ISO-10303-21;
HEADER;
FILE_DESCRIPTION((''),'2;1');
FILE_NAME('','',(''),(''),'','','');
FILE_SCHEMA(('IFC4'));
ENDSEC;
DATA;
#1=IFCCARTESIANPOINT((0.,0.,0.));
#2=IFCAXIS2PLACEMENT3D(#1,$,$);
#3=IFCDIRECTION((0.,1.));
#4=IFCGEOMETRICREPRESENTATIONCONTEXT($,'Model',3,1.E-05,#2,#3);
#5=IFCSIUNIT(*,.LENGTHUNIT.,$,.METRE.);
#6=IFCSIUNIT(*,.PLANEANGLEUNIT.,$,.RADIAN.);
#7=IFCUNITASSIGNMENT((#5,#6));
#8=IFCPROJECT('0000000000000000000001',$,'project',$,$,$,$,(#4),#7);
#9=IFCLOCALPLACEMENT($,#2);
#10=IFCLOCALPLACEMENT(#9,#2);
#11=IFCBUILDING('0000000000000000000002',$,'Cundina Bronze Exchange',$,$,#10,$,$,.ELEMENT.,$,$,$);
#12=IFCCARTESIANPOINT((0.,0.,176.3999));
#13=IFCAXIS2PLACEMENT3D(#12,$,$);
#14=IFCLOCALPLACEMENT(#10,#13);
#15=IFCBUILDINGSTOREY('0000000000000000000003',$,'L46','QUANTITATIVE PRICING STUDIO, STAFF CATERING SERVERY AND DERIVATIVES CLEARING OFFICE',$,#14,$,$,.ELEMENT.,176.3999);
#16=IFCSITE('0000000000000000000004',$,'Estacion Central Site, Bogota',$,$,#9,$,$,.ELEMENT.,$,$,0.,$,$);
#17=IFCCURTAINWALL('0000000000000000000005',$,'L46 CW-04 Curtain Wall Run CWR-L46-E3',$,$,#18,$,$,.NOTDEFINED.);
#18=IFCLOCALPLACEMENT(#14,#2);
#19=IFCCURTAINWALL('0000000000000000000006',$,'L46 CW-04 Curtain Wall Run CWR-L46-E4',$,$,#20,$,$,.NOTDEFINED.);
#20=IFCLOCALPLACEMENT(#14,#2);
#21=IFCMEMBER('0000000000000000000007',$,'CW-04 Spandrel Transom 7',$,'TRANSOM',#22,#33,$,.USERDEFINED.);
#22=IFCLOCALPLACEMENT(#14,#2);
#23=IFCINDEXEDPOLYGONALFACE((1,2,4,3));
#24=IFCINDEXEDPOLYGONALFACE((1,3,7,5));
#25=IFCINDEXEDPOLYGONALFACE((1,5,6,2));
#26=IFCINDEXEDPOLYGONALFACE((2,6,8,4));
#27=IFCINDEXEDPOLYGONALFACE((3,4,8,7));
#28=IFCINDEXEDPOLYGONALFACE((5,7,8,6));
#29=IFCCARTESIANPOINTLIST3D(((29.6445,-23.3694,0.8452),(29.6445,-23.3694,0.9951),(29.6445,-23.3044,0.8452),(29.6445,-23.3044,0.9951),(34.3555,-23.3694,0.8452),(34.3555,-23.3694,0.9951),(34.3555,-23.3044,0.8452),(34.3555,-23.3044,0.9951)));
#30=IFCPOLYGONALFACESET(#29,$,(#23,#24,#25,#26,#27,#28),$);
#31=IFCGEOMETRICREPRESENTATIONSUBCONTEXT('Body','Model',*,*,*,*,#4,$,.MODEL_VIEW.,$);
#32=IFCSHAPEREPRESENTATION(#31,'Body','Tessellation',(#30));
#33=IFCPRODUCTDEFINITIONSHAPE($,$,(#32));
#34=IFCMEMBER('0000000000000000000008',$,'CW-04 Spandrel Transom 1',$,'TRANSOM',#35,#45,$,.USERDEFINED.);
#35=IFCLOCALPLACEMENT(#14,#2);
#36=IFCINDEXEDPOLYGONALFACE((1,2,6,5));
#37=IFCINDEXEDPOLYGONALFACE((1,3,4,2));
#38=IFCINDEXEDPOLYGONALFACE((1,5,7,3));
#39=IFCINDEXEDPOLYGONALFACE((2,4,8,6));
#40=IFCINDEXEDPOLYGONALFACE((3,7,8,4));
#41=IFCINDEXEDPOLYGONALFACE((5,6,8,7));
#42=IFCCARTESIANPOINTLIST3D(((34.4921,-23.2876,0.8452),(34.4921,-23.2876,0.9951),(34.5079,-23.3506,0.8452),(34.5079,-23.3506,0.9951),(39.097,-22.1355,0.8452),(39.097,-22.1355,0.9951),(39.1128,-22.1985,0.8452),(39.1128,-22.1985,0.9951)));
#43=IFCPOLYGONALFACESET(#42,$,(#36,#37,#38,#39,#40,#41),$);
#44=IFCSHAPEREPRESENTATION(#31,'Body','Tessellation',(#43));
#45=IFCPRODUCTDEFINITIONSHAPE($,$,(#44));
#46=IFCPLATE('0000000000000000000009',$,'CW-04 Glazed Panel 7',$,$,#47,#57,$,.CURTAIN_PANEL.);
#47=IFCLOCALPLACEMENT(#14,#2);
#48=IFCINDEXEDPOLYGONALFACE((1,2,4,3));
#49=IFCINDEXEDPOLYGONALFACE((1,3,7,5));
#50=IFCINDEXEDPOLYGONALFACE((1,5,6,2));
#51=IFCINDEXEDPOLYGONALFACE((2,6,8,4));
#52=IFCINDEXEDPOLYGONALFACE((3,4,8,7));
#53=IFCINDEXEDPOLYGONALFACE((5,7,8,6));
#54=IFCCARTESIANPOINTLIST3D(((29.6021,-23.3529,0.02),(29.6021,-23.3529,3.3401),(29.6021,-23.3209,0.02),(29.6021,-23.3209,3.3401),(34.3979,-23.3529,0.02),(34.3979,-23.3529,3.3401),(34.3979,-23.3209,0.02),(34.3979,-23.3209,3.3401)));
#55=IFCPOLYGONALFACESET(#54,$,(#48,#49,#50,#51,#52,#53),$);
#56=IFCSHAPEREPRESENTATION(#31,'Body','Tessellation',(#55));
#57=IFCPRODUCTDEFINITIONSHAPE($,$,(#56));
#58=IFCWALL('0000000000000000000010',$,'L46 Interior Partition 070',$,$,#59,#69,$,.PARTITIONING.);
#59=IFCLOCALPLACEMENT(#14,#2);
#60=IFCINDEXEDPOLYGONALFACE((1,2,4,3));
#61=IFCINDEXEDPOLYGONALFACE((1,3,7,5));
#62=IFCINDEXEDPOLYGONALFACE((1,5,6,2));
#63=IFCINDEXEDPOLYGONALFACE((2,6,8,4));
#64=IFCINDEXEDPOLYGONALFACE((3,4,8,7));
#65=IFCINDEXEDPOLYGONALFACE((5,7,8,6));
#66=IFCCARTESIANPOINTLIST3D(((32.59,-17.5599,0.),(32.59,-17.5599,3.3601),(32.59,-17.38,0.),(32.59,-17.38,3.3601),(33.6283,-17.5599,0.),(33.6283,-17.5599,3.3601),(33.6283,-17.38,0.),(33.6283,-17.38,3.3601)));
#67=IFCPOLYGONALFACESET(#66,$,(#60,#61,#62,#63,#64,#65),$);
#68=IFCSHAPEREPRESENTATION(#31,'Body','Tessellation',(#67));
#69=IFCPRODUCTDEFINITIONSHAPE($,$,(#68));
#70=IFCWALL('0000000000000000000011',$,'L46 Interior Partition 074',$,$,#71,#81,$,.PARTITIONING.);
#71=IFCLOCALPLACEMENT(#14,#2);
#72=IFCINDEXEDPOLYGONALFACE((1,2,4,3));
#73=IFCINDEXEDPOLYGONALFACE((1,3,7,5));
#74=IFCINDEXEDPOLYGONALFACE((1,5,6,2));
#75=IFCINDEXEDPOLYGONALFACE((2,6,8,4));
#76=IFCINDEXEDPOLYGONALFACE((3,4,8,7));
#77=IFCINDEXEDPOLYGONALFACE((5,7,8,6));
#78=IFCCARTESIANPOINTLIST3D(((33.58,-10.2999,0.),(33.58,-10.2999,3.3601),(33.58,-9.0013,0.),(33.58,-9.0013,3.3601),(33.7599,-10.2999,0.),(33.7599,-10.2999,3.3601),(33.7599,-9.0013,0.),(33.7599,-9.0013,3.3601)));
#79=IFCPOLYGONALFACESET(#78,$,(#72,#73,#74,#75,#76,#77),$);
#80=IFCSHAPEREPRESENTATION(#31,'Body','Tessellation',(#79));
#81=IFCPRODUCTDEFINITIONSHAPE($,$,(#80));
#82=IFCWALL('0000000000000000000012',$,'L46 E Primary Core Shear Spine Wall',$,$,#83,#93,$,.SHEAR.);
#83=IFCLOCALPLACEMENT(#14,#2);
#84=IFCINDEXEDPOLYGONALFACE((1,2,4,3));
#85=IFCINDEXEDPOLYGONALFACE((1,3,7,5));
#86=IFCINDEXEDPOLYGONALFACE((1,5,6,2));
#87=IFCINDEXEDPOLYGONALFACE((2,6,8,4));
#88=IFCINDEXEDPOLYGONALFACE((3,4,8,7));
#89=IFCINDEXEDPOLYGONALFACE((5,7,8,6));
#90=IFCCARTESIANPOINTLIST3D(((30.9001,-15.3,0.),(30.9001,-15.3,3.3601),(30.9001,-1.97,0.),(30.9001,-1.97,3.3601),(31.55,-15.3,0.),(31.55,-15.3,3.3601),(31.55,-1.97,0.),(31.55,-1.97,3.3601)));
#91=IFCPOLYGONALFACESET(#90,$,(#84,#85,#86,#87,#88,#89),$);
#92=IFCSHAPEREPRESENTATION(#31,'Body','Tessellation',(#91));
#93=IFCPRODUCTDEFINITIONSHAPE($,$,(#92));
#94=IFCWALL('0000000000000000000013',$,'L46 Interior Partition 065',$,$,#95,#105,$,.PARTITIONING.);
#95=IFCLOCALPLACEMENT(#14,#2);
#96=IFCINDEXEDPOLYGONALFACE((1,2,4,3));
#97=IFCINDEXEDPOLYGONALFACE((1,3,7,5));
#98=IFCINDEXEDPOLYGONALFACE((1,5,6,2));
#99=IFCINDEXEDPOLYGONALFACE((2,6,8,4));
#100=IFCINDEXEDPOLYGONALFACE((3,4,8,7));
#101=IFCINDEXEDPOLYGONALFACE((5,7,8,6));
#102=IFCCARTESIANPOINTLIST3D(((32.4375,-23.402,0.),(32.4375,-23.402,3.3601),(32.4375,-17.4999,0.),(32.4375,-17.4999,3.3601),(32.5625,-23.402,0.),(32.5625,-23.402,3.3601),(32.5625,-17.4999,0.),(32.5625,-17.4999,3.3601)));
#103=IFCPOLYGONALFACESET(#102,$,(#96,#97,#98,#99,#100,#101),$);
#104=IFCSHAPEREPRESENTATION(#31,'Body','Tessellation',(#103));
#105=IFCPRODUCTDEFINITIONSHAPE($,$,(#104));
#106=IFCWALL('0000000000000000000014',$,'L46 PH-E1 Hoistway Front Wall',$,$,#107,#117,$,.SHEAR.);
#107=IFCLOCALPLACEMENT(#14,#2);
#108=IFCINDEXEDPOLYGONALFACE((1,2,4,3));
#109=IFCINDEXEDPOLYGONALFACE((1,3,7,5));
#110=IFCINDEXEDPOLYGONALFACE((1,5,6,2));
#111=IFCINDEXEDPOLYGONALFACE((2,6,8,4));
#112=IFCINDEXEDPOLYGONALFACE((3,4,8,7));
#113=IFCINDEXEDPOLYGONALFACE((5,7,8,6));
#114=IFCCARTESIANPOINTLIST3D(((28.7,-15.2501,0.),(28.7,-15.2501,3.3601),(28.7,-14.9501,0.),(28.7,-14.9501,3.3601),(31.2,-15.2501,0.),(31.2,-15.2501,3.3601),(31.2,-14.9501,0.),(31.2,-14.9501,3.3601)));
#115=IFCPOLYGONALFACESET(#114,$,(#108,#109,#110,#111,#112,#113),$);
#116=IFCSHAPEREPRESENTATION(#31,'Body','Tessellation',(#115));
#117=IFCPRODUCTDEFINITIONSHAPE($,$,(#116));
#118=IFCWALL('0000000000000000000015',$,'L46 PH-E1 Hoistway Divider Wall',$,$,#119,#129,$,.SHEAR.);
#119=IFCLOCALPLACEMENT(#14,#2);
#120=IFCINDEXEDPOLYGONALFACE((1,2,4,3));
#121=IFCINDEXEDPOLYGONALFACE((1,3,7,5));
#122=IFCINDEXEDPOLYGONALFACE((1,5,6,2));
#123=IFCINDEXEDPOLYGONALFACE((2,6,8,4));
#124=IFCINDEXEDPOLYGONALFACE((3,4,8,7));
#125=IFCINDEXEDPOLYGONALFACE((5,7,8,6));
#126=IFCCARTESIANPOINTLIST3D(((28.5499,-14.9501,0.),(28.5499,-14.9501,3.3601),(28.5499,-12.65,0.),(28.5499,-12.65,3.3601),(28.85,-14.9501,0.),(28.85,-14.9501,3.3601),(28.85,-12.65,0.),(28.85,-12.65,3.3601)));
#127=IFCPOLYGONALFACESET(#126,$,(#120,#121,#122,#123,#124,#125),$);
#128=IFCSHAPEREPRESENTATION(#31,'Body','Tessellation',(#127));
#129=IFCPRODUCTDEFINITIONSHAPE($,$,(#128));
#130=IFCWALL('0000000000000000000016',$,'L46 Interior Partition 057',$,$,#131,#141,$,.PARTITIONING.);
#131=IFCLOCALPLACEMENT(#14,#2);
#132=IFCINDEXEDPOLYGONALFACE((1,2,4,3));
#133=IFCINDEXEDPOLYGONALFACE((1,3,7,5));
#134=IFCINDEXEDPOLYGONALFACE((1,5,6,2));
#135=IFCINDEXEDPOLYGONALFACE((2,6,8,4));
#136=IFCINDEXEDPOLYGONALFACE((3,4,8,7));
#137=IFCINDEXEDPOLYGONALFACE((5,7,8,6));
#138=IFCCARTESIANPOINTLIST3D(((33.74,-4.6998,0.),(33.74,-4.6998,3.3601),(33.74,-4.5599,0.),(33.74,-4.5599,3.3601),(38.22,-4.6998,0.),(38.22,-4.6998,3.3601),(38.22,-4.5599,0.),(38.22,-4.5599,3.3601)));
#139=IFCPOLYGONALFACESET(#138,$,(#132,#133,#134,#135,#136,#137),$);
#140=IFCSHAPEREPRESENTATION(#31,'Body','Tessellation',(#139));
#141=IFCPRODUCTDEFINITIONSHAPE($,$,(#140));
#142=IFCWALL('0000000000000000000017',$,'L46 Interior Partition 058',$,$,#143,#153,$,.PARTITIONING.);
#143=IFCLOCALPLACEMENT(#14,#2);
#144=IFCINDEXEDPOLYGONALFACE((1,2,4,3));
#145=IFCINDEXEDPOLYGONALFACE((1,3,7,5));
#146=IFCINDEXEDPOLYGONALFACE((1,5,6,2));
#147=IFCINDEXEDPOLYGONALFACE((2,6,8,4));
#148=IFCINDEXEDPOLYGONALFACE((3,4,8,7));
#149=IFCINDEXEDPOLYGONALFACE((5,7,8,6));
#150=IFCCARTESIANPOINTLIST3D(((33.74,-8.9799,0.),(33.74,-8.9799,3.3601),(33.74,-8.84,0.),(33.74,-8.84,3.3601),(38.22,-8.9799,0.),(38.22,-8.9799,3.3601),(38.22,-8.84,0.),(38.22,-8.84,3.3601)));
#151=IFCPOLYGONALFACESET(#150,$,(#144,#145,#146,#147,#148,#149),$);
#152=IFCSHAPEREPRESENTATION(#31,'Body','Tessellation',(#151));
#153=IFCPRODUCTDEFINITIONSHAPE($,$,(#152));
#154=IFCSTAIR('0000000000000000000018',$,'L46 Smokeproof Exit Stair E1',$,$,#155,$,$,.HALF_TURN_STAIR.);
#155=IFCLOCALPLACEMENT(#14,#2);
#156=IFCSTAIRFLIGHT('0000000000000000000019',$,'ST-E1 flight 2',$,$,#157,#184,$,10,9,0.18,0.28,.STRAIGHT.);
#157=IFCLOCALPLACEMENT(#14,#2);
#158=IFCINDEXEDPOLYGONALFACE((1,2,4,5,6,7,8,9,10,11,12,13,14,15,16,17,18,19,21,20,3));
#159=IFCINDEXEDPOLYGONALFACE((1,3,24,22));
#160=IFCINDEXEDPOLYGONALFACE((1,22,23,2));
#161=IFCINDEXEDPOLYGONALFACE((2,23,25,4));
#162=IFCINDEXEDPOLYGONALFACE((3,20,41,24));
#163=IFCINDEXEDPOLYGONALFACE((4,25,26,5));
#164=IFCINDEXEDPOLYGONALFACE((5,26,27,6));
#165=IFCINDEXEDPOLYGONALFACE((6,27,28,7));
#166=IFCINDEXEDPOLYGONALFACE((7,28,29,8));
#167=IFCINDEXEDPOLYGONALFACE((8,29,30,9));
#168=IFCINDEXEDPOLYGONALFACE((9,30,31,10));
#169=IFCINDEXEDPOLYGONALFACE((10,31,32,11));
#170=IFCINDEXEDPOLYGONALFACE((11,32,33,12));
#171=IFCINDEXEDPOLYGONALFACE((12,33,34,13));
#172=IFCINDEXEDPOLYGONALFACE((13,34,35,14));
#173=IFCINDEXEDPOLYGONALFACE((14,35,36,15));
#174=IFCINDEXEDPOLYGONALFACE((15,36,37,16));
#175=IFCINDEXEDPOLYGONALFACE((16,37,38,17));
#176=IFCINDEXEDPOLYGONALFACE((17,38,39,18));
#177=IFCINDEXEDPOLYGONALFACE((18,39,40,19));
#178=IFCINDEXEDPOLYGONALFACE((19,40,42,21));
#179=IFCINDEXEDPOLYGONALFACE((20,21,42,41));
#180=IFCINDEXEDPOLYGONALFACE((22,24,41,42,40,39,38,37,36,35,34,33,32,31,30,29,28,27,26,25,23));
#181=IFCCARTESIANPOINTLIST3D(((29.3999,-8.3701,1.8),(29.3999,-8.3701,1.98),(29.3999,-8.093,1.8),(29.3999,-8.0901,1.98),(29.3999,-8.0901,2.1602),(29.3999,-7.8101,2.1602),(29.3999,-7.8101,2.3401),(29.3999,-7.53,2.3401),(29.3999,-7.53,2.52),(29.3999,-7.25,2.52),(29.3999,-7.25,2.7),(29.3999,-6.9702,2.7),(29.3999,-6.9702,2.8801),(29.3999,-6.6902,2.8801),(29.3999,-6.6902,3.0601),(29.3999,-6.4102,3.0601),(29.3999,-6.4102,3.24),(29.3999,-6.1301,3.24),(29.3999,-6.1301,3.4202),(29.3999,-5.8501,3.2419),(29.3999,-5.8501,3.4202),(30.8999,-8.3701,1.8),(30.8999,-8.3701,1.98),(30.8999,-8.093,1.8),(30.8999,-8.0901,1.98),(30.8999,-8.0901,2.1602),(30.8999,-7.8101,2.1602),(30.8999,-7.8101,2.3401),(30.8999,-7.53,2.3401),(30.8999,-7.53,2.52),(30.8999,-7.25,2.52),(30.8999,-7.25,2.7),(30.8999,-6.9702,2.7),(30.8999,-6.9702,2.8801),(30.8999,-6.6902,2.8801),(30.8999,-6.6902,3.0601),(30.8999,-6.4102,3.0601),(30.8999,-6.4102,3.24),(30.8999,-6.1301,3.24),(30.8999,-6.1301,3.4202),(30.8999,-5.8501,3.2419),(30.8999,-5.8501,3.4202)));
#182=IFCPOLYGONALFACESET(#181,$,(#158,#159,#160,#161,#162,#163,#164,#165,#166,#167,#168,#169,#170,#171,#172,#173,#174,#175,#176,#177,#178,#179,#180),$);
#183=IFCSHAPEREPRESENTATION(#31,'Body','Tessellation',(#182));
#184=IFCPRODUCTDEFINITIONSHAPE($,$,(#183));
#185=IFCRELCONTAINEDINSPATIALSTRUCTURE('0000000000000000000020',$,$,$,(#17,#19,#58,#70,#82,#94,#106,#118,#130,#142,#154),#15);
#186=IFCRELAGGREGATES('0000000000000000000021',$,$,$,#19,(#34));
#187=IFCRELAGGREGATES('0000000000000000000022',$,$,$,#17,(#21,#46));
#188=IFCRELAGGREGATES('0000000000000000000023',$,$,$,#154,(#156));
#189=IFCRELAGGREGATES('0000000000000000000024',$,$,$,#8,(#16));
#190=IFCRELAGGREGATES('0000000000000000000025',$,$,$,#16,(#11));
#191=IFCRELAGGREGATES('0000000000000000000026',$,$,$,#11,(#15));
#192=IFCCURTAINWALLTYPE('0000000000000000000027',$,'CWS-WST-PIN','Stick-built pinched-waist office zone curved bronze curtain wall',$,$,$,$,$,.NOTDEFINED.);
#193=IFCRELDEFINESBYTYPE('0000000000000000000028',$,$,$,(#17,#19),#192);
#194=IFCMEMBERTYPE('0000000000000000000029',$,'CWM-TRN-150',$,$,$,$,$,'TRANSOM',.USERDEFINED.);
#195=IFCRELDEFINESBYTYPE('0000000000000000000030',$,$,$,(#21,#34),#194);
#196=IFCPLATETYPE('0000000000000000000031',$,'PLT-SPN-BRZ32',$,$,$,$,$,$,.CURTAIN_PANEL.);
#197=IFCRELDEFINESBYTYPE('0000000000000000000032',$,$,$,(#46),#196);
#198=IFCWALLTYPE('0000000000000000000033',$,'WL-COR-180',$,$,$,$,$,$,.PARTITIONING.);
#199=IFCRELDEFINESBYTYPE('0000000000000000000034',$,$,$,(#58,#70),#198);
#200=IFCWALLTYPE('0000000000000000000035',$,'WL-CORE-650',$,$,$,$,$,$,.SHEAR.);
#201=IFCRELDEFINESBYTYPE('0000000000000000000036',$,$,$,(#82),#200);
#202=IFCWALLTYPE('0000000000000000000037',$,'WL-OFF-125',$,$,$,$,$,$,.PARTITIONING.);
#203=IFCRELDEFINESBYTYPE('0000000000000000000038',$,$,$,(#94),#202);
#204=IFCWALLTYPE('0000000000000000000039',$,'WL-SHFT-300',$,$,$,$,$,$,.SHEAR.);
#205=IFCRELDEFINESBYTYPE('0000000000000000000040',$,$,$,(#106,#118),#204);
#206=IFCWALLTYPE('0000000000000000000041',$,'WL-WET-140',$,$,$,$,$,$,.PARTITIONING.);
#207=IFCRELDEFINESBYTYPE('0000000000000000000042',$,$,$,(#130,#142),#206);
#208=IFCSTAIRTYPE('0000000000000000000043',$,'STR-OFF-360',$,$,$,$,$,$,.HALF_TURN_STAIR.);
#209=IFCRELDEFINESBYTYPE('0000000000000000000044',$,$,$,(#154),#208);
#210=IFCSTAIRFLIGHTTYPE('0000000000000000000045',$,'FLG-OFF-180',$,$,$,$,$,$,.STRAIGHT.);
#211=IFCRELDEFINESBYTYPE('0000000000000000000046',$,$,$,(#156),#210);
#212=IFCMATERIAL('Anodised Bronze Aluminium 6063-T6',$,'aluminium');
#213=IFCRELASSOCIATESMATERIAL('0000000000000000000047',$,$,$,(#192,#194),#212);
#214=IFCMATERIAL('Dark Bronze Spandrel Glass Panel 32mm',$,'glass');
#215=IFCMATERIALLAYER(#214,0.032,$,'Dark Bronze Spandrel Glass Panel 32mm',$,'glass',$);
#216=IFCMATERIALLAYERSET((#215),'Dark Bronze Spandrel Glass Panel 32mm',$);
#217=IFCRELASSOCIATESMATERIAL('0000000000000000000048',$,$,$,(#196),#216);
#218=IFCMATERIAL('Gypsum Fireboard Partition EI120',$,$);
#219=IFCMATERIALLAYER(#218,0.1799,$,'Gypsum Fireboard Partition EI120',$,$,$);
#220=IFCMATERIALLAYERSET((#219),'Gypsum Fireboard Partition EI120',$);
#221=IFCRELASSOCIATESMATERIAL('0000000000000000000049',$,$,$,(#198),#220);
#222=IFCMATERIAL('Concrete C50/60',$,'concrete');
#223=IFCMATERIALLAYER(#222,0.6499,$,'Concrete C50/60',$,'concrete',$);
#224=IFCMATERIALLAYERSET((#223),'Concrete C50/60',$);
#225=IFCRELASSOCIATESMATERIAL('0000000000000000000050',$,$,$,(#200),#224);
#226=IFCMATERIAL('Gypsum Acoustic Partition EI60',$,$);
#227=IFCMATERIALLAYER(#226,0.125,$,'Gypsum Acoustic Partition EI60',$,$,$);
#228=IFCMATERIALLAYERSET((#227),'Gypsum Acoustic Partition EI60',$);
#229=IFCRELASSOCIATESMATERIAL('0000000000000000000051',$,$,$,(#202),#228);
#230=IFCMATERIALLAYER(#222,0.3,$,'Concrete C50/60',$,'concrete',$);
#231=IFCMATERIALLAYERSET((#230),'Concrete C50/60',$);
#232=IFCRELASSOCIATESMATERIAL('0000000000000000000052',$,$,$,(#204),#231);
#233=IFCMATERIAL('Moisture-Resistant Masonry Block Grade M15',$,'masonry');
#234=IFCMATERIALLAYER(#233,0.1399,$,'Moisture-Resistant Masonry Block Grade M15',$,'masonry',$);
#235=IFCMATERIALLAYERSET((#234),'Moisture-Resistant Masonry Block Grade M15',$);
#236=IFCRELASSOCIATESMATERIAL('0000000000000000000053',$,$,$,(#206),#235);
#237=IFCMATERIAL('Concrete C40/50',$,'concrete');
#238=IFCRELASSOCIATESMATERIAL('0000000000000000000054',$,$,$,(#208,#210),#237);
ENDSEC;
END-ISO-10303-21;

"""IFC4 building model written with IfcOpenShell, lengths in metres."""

from ifc_helpers import new_model, si_unit, direction, frame, frame_2d, origin, origin_2d, place, context, subcontext, project, spatial, polyline, rectangle, outline, extrude, material, layer, layer_set, material_profile, profile_set, type_object, element, aggregate, save


model = new_model("IFC4")

# Units and contexts
model_context = context("Model", 3, precision=1e-05, world=origin(), true_north=direction((0.0, 1.0)))
body_context = subcontext(model_context, "Body", "Model", "MODEL_VIEW")
ifc_project = project(units=[si_unit("LENGTHUNIT", "METRE"), si_unit("PLANEANGLEUNIT", "RADIAN")], contexts=[model_context])

# Site, building, storey
site_placement = place(None, origin())
site = spatial("IfcSite", under=ifc_project, at=site_placement, Name="Estacion Central Site, Bogota", CompositionType="ELEMENT", RefElevation=0.0)
building_placement = place(site_placement, origin())
building = spatial("IfcBuilding", under=site, at=building_placement, Name="Cundina Bronze Exchange", CompositionType="ELEMENT")
storey_placement = place(building_placement, frame((0.0, 0.0, 176.3999)))
storey = spatial("IfcBuildingStorey", under=building, at=storey_placement, Name="L46", Description="QUANTITATIVE PRICING STUDIO, STAFF CATERING SERVERY AND DERIVATIVES CLEARING OFFICE", CompositionType="ELEMENT", Elevation=176.3999)

# Shared definitions
ifc_material_1 = material(Name="Concrete C50/60", Category="concrete")

# Curtain wall
ifc_material_2 = material(Name="Anodised Bronze Aluminium 6063-T6", Category="aluminium")
curtain_wall_type = type_object("IfcCurtainWallType", Name="CWS-WST-PIN", Description="Stick-built pinched-waist office zone curved bronze curtain wall", PredefinedType="NOTDEFINED", material=ifc_material_2)
curtain_wall_1_placement = place(storey_placement, origin())
curtain_wall_1 = element("IfcCurtainWall", 1, at=curtain_wall_1_placement, inside=storey, type_object=curtain_wall_type, Name="L46 CW-04 Curtain Wall Run CWR-L46-E3", PredefinedType="NOTDEFINED")

# Curtain wall
curtain_wall_2_placement = place(storey_placement, origin())
curtain_wall_2 = element("IfcCurtainWall", 2, at=curtain_wall_2_placement, inside=storey, type_object=curtain_wall_type, Name="L46 CW-04 Curtain Wall Run CWR-L46-E4", PredefinedType="NOTDEFINED")

# Members
ifc_material_profile_1 = material_profile(ifc_material_2, rectangle(XDim=0.0649, YDim=0.1499, at=origin_2d()), Name="AL65X150", Category="aluminium")
ifc_profile_set_1 = profile_set([ifc_material_profile_1], Name="Anodised Bronze Aluminium 6063-T6")
member_type_1 = type_object("IfcMemberType", Name="CWM-TRN-150", ElementType="TRANSOM", PredefinedType="USERDEFINED", material=ifc_profile_set_1)
member_1_placement = place(storey_placement, frame((29.6445, -23.3369, 0.9202), z_axis=(1.0, 0.0, 0.0), x_axis=(0.0, 1.0, 0.0)))
member_1 = element("IfcMember", 3, at=member_1_placement, type_object=member_type_1, Name="CW-04 Spandrel Transom 7", ObjectType="TRANSOM", PredefinedType="USERDEFINED", context=body_context, shape_type="SweptSolid", body=[
    extrude(rectangle(XDim=0.0649, YDim=0.1499, at=origin_2d()), origin(), (0.0, 0.0, 1.0), 4.7109),
])
member_2_placement = place(storey_placement, frame((34.5, -23.3191, 0.9202), z_axis=(0.9701, 0.242705, 0.0), x_axis=(-0.242705, 0.9701, 0.0)))
member_2 = element("IfcMember", 4, at=member_2_placement, type_object=member_type_1, Name="CW-04 Spandrel Transom 1", ObjectType="TRANSOM", PredefinedType="USERDEFINED", context=body_context, shape_type="SweptSolid", body=[
    extrude(rectangle(XDim=0.0649, YDim=0.1499, at=origin_2d()), origin(), (0.0, 0.0, 1.0), 4.7468),
])
aggregate(curtain_wall_2, [member_2])

# Plate
ifc_material_3 = material(Name="Dark Bronze Spandrel Glass Panel 32mm", Category="glass")
ifc_layer_1 = layer(ifc_material_3, 0.032, Name="Dark Bronze Spandrel Glass Panel 32mm", Category="glass")
ifc_layer_set_1 = layer_set([ifc_layer_1], Name="Dark Bronze Spandrel Glass Panel 32mm")
plate_type = type_object("IfcPlateType", Name="PLT-SPN-BRZ32", PredefinedType="CURTAIN_PANEL", material=ifc_layer_set_1)
plate_placement = place(storey_placement, frame((32.0, -23.3369, 0.02), z_axis=(0.0, 0.0, 1.0), x_axis=(1.0, 0.0, 0.0)))
plate = element("IfcPlate", 5, at=plate_placement, type_object=plate_type, Name="CW-04 Glazed Panel 7", PredefinedType="CURTAIN_PANEL", context=body_context, shape_type="SweptSolid", body=[
    extrude(rectangle(XDim=4.7959, YDim=0.032, at=origin_2d()), origin(), (0.0, 0.0, 1.0), 3.3201),
])
aggregate(curtain_wall_1, [member_1, plate])

# Shared definitions
ifc_material_4 = material(Name="Gypsum Fireboard Partition EI120")
ifc_layer_2 = layer(ifc_material_4, 0.1799, Name="Gypsum Fireboard Partition EI120")
ifc_layer_set_2 = layer_set([ifc_layer_2], Name="Gypsum Fireboard Partition EI120")
wall_type_1 = type_object("IfcWallType", Name="WL-COR-180", PredefinedType="PARTITIONING", material=ifc_layer_set_2)

# Walls
wall_1_placement = place(storey_placement, frame((32.5901, -17.47, 0.0), z_axis=(0.0, 0.0, 1.0), x_axis=(1.0, 0.0, 0.0)))
element("IfcWall", 6, at=wall_1_placement, inside=storey, type_object=wall_type_1, Name="L46 Interior Partition 070", PredefinedType="PARTITIONING", context=body_context, shape_type="SweptSolid", body=[
    extrude(rectangle(XDim=1.0383, YDim=0.1799, at=frame_2d((0.519, 0.0))), origin(), (0.0, 0.0, 1.0), 3.3601),
])
wall_2_placement = place(storey_placement, frame((33.6699, -10.3, 0.0), z_axis=(0.0, 0.0, 1.0), x_axis=(0.0, 1.0, 0.0)))
element("IfcWall", 7, at=wall_2_placement, inside=storey, type_object=wall_type_1, Name="L46 Interior Partition 074", PredefinedType="PARTITIONING", context=body_context, shape_type="SweptSolid", body=[
    extrude(rectangle(XDim=1.2986, YDim=0.1799, at=frame_2d((0.6494, 0.0))), origin(), (0.0, 0.0, 1.0), 3.3601),
])
ifc_layer_3 = layer(ifc_material_1, 0.6499, Name="Concrete C50/60", Category="concrete")
ifc_layer_set_3 = layer_set([ifc_layer_3], Name="Concrete C50/60")
wall_type_2 = type_object("IfcWallType", Name="WL-CORE-650", PredefinedType="SHEAR", material=ifc_layer_set_3)
wall_3_placement = place(storey_placement, frame((31.2251, -15.3, 0.0), z_axis=(0.0, 0.0, 1.0), x_axis=(0.0, 1.0, 0.0)))
element("IfcWall", 8, at=wall_3_placement, inside=storey, type_object=wall_type_2, Name="L46 E Primary Core Shear Spine Wall", PredefinedType="SHEAR", context=body_context, shape_type="SweptSolid", body=[
    extrude(rectangle(XDim=13.3301, YDim=0.6499, at=frame_2d((6.665, 0.0))), origin(), (0.0, 0.0, 1.0), 3.3601),
])
ifc_material_5 = material(Name="Gypsum Acoustic Partition EI60")
ifc_layer_4 = layer(ifc_material_5, 0.125, Name="Gypsum Acoustic Partition EI60")
ifc_layer_set_4 = layer_set([ifc_layer_4], Name="Gypsum Acoustic Partition EI60")
wall_type_3 = type_object("IfcWallType", Name="WL-OFF-125", PredefinedType="PARTITIONING", material=ifc_layer_set_4)
wall_4_placement = place(storey_placement, frame((32.5, -23.4021, 0.0), z_axis=(0.0, 0.0, 1.0), x_axis=(0.0, 1.0, 0.0)))
element("IfcWall", 9, at=wall_4_placement, inside=storey, type_object=wall_type_3, Name="L46 Interior Partition 065", PredefinedType="PARTITIONING", context=body_context, shape_type="SweptSolid", body=[
    extrude(rectangle(XDim=5.9021, YDim=0.125, at=frame_2d((2.9512, 0.0))), origin(), (0.0, 0.0, 1.0), 3.3601),
])
ifc_layer_5 = layer(ifc_material_1, 0.3, Name="Concrete C50/60", Category="concrete")
ifc_layer_set_5 = layer_set([ifc_layer_5], Name="Concrete C50/60")
wall_type_4 = type_object("IfcWallType", Name="WL-SHFT-300", PredefinedType="SHEAR", material=ifc_layer_set_5)
wall_5_placement = place(storey_placement, frame((28.7, -15.1001, 0.0), z_axis=(0.0, 0.0, 1.0), x_axis=(1.0, 0.0, 0.0)))
element("IfcWall", 10, at=wall_5_placement, inside=storey, type_object=wall_type_4, Name="L46 PH-E1 Hoistway Front Wall", PredefinedType="SHEAR", context=body_context, shape_type="SweptSolid", body=[
    extrude(rectangle(XDim=2.5, YDim=0.3, at=frame_2d((1.25, 0.0))), origin(), (0.0, 0.0, 1.0), 3.3601),
])
wall_6_placement = place(storey_placement, frame((28.7, -14.95, 0.0), z_axis=(0.0, 0.0, 1.0), x_axis=(0.0, 1.0, 0.0)))
element("IfcWall", 11, at=wall_6_placement, inside=storey, type_object=wall_type_4, Name="L46 PH-E1 Hoistway Divider Wall", PredefinedType="SHEAR", context=body_context, shape_type="SweptSolid", body=[
    extrude(rectangle(XDim=2.3, YDim=0.3, at=frame_2d((1.1499, 0.0))), origin(), (0.0, 0.0, 1.0), 3.3601),
])
ifc_material_6 = material(Name="Moisture-Resistant Masonry Block Grade M15", Category="masonry")
ifc_layer_6 = layer(ifc_material_6, 0.1399, Name="Moisture-Resistant Masonry Block Grade M15", Category="masonry")
ifc_layer_set_6 = layer_set([ifc_layer_6], Name="Moisture-Resistant Masonry Block Grade M15")
wall_type_5 = type_object("IfcWallType", Name="WL-WET-140", PredefinedType="PARTITIONING", material=ifc_layer_set_6)
for number, where, z_axis, x_axis, name in (
    (12, (33.74, -4.6299, 0.0), (0.0, 0.0, 1.0), (1.0, 0.0, 0.0), "L46 Interior Partition 057"),
    (13, (33.74, -8.9099, 0.0), (0.0, 0.0, 1.0), (1.0, 0.0, 0.0), "L46 Interior Partition 058"),
):
    element("IfcWall", number, at=place(storey_placement, frame(where, z_axis=z_axis, x_axis=x_axis)), inside=storey, type_object=wall_type_5, Name=name, PredefinedType="PARTITIONING", context=body_context, shape_type="SweptSolid", body=[
        extrude(rectangle(XDim=4.48, YDim=0.1399, at=frame_2d((2.24, 0.0))), origin(), (0.0, 0.0, 1.0), 3.3601),
    ])

# Stair, stair flight
ifc_material_7 = material(Name="Concrete C40/50", Category="concrete")
stair_type = type_object("IfcStairType", Name="STR-OFF-360", PredefinedType="HALF_TURN_STAIR", material=ifc_material_7)
stair_placement = place(storey_placement, origin())
stair = element("IfcStair", 14, at=stair_placement, inside=storey, type_object=stair_type, Name="L46 Smokeproof Exit Stair E1", PredefinedType="HALF_TURN_STAIR")
stair_flight_type = type_object("IfcStairFlightType", Name="FLG-OFF-180", PredefinedType="STRAIGHT", material=ifc_material_7)
stair_flight_placement = place(storey_placement, frame((30.1499, -8.3701, 1.8), z_axis=(0.0, 0.0, 1.0), x_axis=(0.0, 1.0, 0.0)))
stair_flight = element("IfcStairFlight", 15, at=stair_flight_placement, type_object=stair_flight_type, Name="ST-E1 flight 2", NumberOfRisers=10, NumberOfTreads=9, PredefinedType="STRAIGHT", RiserHeight=0.18, TreadLength=0.28, context=body_context, shape_type="SweptSolid", body=[
    extrude(outline(polyline([(0.0, 0.0), (0.0, 0.1799), (0.28, 0.1799), (0.28, 0.3601), (0.5601, 0.3601), (0.5601, 0.54), (0.8401, 0.54), (0.8401, 0.72), (1.1201, 0.72), (1.1201, 0.8999), (1.3999, 0.8999), (1.3999, 1.0801), (1.6799, 1.0801), (1.6799, 1.26), (1.96, 1.26), (1.96, 1.4399), (2.24, 1.4399), (2.24, 1.6201), (2.52, 1.6201), (2.52, 1.8), (2.52, 1.4419), (0.2771, 0.0), (0.0, 0.0)])), frame((0.0, 0.75, 0.0), z_axis=(0.0, -1.0, 0.0), x_axis=(1.0, 0.0, 0.0)), (0.0, 0.0, 1.0), 1.5),
])
aggregate(stair, [stair_flight])

save(model, "model.ifc")
